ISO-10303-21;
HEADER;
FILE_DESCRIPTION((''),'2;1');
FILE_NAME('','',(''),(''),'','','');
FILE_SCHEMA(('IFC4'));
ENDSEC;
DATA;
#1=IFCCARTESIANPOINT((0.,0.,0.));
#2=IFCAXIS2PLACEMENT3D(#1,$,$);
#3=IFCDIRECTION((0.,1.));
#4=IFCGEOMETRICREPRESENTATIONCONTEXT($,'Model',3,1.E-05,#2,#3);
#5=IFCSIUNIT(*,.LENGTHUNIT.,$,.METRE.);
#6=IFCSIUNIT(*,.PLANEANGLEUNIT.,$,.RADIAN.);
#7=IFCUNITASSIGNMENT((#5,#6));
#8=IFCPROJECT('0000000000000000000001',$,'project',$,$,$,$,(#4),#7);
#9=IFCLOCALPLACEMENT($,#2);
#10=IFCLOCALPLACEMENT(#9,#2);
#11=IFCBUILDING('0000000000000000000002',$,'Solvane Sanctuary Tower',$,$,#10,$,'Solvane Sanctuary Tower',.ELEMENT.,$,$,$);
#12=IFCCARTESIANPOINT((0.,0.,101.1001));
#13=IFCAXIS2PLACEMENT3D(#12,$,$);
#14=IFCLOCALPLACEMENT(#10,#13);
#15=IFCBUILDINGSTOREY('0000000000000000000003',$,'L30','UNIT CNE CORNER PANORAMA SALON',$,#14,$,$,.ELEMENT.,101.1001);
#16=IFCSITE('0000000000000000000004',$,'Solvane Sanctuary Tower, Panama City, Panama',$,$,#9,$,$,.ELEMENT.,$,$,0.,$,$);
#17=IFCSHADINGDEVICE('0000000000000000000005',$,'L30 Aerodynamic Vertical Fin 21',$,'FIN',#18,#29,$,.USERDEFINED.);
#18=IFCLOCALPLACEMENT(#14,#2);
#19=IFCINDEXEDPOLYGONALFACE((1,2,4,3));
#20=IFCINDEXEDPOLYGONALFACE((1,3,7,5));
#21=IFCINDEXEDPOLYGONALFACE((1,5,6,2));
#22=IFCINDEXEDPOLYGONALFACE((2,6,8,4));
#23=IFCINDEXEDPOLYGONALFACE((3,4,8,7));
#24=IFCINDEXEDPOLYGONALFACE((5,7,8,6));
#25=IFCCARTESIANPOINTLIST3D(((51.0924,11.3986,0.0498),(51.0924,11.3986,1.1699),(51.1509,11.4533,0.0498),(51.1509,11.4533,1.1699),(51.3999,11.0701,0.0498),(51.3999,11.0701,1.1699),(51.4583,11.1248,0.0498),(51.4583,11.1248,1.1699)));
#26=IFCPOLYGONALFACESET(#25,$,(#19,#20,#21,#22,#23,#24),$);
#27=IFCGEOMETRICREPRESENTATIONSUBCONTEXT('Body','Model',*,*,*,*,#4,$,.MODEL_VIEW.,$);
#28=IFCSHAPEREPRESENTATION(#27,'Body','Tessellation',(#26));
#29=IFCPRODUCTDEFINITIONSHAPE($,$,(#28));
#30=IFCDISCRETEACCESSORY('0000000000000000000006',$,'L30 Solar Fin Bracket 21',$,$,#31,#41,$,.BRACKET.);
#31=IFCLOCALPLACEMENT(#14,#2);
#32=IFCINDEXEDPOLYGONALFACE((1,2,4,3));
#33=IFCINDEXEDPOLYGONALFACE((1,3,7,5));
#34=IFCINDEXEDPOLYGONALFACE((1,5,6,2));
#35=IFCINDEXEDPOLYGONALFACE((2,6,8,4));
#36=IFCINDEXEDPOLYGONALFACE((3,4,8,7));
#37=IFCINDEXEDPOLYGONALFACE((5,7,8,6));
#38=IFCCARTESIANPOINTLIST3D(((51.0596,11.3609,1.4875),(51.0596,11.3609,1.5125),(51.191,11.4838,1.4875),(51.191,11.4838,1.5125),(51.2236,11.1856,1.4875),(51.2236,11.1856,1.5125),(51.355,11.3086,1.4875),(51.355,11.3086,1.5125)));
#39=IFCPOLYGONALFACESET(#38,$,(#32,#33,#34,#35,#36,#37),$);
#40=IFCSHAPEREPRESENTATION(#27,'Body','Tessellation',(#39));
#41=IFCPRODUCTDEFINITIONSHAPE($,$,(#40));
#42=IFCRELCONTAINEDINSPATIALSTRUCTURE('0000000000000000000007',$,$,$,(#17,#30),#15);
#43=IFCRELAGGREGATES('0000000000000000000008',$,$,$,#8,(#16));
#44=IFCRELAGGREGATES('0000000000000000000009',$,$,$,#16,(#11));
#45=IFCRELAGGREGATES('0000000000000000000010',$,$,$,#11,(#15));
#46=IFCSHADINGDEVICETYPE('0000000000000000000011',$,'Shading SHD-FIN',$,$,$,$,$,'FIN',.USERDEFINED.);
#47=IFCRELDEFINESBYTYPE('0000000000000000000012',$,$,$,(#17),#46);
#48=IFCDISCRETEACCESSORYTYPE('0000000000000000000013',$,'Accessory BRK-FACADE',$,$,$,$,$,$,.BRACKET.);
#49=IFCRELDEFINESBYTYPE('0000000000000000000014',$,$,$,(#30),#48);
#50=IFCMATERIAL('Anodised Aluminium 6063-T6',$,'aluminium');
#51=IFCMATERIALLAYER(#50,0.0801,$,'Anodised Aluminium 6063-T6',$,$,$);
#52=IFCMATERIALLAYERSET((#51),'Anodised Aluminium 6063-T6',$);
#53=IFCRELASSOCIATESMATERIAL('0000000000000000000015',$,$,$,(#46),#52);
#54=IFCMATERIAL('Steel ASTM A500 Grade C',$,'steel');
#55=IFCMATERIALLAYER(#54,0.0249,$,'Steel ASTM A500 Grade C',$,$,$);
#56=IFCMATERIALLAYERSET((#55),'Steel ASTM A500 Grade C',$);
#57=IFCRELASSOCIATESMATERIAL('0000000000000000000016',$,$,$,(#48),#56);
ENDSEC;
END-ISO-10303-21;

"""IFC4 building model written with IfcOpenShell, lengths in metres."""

from ifc_helpers import new_model, si_unit, direction, frame, origin, origin_2d, place, context, subcontext, project, spatial, rectangle, extrude, material, layer, layer_set, type_object, element, save


model = new_model("IFC4")

# Units and contexts
model_context = context("Model", 3, precision=1e-05, world=origin(), true_north=direction((0.0, 1.0)))
body_context = subcontext(model_context, "Body", "Model", "MODEL_VIEW")
ifc_project = project(units=[si_unit("LENGTHUNIT", "METRE"), si_unit("PLANEANGLEUNIT", "RADIAN")], contexts=[model_context])

# Site, building, storey
site_placement = place(None, origin())
site = spatial("IfcSite", under=ifc_project, at=site_placement, Name="Solvane Sanctuary Tower, Panama City, Panama", CompositionType="ELEMENT", RefElevation=0.0)
building_placement = place(site_placement, origin())
building = spatial("IfcBuilding", under=site, at=building_placement, Name="Solvane Sanctuary Tower", LongName="Solvane Sanctuary Tower", CompositionType="ELEMENT")
storey_placement = place(building_placement, frame((0.0, 0.0, 101.1001)))
storey = spatial("IfcBuildingStorey", under=building, at=storey_placement, Name="L30", Description="UNIT CNE CORNER PANORAMA SALON", CompositionType="ELEMENT", Elevation=101.1001)

# Shading device
ifc_material_1 = material(Name="Anodised Aluminium 6063-T6", Category="aluminium")
ifc_layer_1 = layer(ifc_material_1, 0.0801, Name="Anodised Aluminium 6063-T6")
ifc_layer_set_1 = layer_set([ifc_layer_1], Name="Anodised Aluminium 6063-T6")
shading_device_type = type_object("IfcShadingDeviceType", Name="Shading SHD-FIN", ElementType="FIN", PredefinedType="USERDEFINED", material=ifc_layer_set_1)
shading_device_placement = place(storey_placement, frame((51.2754, 11.2617, 0.0498), z_axis=(0.0, 0.0, 1.0), x_axis=(0.730175, 0.68326, 0.0)))
element("IfcShadingDevice", 1, at=shading_device_placement, inside=storey, type_object=shading_device_type, Name="L30 Aerodynamic Vertical Fin 21", ObjectType="FIN", PredefinedType="USERDEFINED", context=body_context, shape_type="SweptSolid", body=[
    extrude(rectangle(XDim=0.0801, YDim=0.45, at=origin_2d()), origin(), (0.0, 0.0, 1.0), 1.1201),
])

# Discrete accessory
ifc_material_2 = material(Name="Steel ASTM A500 Grade C", Category="steel")
ifc_layer_2 = layer(ifc_material_2, 0.0249, Name="Steel ASTM A500 Grade C")
ifc_layer_set_2 = layer_set([ifc_layer_2], Name="Steel ASTM A500 Grade C")
discrete_accessory_type = type_object("IfcDiscreteAccessoryType", Name="Accessory BRK-FACADE", PredefinedType="BRACKET", material=ifc_layer_set_2)
discrete_accessory_placement = place(storey_placement, frame((51.2073, 11.3347, 1.4875), z_axis=(0.0, 0.0, 1.0), x_axis=(0.730175, 0.68326, 0.0)))
element("IfcDiscreteAccessory", 2, at=discrete_accessory_placement, inside=storey, type_object=discrete_accessory_type, Name="L30 Solar Fin Bracket 21", PredefinedType="BRACKET", context=body_context, shape_type="SweptSolid", body=[
    extrude(rectangle(XDim=0.1799, YDim=0.24, at=origin_2d()), origin(), (0.0, 0.0, 1.0), 0.0249),
])

save(model, "model.ifc")
